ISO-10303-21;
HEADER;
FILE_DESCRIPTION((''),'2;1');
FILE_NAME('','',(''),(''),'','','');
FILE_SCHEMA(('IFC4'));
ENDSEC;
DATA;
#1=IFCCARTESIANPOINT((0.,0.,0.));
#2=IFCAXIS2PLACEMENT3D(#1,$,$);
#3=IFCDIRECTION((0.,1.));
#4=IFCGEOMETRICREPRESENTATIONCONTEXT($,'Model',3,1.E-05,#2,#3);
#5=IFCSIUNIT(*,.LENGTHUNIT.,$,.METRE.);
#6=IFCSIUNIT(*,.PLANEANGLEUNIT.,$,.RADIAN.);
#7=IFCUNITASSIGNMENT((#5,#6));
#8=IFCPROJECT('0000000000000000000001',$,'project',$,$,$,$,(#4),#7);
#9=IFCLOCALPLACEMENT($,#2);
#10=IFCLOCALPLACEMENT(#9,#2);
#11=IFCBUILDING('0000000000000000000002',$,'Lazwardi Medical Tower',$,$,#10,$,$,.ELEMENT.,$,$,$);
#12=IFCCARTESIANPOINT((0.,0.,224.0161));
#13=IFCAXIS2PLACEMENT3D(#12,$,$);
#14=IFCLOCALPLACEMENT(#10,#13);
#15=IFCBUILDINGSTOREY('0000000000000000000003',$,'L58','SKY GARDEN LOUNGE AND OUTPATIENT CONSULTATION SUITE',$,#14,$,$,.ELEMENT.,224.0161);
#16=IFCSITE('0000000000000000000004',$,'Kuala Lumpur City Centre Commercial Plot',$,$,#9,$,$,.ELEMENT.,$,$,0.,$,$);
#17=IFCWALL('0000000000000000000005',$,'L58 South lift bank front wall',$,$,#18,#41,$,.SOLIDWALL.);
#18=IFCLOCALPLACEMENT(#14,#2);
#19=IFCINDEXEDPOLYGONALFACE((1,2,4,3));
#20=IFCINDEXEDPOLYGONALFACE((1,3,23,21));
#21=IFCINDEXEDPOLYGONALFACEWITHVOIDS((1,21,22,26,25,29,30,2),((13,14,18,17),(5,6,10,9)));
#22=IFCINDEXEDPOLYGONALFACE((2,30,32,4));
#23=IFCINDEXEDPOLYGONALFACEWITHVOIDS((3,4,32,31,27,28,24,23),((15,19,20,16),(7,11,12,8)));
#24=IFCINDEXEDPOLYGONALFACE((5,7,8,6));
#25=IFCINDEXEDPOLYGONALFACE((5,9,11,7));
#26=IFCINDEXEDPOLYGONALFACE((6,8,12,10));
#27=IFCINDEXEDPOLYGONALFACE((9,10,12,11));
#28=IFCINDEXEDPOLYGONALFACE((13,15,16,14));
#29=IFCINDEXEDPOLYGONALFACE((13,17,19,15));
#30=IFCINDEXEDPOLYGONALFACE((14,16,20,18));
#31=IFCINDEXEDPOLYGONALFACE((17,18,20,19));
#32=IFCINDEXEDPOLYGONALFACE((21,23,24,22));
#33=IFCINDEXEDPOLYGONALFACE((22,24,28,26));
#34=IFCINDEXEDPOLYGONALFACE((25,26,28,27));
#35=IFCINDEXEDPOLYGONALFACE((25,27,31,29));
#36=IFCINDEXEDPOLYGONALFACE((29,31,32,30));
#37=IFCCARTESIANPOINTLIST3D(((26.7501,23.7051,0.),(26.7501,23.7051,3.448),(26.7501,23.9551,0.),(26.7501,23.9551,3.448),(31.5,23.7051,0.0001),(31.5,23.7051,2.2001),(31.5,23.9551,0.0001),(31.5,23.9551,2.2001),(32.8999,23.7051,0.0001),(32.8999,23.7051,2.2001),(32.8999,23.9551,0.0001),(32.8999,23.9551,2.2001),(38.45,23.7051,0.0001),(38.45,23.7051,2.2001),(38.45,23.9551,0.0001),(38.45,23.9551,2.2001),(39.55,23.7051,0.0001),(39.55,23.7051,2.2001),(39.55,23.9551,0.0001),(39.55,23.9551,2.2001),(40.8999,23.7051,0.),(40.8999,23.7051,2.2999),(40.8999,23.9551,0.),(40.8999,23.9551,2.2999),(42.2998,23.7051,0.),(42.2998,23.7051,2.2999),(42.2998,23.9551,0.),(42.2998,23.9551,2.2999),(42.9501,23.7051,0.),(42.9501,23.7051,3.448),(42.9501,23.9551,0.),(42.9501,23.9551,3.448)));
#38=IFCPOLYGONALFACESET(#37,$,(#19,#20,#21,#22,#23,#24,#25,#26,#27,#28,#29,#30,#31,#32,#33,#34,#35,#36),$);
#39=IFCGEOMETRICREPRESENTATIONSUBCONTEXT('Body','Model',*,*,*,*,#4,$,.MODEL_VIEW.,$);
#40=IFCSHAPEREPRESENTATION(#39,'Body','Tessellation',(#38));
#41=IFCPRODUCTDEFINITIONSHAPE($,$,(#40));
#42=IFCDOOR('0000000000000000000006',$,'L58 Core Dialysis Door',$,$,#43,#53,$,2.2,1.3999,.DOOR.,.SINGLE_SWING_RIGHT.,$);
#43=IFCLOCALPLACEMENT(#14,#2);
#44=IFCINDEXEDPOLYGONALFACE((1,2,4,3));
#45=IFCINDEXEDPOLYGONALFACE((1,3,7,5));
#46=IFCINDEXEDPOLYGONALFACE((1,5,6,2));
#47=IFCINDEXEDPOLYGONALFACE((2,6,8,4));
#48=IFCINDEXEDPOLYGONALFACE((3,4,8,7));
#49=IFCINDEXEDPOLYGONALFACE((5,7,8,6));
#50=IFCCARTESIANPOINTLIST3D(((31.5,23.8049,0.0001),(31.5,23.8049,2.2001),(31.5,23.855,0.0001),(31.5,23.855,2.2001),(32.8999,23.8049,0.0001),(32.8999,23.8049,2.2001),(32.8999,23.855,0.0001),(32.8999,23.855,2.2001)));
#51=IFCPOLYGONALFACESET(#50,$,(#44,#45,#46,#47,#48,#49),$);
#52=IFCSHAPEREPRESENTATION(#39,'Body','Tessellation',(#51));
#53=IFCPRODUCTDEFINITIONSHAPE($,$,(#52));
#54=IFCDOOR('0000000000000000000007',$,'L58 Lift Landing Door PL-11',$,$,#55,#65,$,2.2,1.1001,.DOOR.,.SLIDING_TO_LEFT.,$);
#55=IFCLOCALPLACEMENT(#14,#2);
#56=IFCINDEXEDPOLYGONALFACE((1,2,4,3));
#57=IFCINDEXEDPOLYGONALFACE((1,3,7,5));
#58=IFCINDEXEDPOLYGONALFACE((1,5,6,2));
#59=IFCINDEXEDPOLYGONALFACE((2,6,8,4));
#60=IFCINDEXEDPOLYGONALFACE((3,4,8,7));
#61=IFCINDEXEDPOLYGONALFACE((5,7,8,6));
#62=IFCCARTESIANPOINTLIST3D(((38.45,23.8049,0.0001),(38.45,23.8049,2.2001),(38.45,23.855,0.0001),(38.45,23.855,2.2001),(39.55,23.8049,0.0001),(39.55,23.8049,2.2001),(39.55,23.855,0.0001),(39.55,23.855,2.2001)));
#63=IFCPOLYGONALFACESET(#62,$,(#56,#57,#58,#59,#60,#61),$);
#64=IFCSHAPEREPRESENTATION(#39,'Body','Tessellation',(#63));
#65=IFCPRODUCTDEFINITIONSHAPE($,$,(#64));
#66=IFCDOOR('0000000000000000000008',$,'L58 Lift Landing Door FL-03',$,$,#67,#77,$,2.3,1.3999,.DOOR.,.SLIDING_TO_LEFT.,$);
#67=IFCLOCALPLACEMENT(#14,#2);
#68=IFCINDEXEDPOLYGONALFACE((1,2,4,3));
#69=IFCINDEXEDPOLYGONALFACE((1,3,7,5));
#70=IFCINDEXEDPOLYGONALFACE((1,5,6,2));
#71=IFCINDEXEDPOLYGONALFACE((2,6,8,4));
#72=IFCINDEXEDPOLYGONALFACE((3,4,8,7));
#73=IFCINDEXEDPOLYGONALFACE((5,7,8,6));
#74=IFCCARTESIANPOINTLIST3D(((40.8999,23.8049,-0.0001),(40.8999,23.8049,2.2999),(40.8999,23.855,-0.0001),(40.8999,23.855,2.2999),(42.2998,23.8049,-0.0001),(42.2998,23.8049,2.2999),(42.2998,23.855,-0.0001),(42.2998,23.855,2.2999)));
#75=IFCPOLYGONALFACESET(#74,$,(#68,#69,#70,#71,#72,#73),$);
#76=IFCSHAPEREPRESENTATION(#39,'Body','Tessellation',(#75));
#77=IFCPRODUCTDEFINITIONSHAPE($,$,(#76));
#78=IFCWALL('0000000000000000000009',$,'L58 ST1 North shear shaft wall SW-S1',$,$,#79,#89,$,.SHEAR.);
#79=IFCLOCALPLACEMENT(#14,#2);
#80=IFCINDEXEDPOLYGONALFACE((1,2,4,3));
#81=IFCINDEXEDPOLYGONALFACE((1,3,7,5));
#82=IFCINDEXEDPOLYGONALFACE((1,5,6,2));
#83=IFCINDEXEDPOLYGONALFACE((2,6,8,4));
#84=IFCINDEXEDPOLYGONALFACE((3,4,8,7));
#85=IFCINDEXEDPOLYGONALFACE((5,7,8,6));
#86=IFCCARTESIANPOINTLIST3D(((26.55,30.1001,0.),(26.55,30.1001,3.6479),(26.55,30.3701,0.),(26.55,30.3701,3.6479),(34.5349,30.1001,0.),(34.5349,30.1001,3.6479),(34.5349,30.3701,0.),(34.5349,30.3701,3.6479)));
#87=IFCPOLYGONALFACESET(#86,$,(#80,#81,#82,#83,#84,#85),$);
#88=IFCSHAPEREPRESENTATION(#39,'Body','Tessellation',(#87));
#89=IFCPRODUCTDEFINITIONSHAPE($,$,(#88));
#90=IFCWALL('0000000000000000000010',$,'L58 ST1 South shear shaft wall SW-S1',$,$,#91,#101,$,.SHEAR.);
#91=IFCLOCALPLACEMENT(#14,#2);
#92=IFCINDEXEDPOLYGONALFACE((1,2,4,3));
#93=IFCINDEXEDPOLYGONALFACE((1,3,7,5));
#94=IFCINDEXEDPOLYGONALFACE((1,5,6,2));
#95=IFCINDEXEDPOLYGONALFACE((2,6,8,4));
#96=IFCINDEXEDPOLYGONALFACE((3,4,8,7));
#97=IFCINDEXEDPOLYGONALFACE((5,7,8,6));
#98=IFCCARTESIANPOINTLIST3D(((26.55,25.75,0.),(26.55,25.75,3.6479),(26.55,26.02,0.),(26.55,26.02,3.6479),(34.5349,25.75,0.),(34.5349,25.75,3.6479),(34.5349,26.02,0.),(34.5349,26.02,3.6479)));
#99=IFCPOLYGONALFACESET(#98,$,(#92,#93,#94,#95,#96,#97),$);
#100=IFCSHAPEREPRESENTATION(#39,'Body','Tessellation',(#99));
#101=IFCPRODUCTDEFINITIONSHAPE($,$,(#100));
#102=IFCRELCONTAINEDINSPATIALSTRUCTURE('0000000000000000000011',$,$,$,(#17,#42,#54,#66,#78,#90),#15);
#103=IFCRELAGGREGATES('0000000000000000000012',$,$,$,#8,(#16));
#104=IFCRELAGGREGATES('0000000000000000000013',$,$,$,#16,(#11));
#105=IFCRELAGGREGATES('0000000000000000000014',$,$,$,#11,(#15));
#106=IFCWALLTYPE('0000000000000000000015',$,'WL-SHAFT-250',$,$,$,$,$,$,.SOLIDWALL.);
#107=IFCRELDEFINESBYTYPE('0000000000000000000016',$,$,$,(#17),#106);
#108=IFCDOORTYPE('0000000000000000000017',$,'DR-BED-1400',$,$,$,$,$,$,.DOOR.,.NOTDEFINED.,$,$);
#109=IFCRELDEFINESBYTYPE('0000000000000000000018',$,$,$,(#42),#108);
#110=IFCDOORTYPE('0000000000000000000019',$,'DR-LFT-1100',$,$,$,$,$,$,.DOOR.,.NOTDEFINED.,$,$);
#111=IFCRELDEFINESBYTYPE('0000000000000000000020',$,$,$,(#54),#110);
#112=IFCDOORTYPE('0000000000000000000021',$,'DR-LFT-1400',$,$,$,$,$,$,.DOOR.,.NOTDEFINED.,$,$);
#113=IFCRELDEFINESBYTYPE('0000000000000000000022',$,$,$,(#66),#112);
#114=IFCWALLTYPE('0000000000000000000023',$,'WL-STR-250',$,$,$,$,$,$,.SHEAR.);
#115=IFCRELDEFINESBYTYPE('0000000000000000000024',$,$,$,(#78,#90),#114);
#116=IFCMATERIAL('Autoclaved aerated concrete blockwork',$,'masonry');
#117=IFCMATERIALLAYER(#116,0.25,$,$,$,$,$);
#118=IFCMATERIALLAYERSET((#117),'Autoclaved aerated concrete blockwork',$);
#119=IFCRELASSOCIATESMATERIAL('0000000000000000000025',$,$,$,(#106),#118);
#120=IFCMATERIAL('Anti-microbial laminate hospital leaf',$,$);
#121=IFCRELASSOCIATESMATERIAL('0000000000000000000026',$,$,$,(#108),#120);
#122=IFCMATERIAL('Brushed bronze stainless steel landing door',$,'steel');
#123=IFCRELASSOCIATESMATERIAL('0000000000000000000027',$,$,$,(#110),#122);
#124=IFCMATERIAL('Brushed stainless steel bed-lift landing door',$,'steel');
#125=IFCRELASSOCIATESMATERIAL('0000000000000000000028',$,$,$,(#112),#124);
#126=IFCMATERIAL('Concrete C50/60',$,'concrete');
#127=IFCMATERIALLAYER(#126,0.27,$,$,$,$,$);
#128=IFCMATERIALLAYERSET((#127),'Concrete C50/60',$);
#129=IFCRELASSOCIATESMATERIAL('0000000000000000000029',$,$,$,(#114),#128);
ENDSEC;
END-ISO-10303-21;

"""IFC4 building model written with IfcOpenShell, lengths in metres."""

from ifc_helpers import new_model, si_unit, direction, frame, frame_2d, origin, place, context, subcontext, project, spatial, rectangle, extrude, material, layer, layer_set, type_object, element, fill, save


model = new_model("IFC4")

# Units and contexts
model_context = context("Model", 3, precision=1e-05, world=origin(), true_north=direction((0.0, 1.0)))
body_context = subcontext(model_context, "Body", "Model", "MODEL_VIEW")
ifc_project = project(units=[si_unit("LENGTHUNIT", "METRE"), si_unit("PLANEANGLEUNIT", "RADIAN")], contexts=[model_context])

# Site, building, storey
site_placement = place(None, origin())
site = spatial("IfcSite", under=ifc_project, at=site_placement, Name="Kuala Lumpur City Centre Commercial Plot", CompositionType="ELEMENT", RefElevation=0.0)
building_placement = place(site_placement, origin())
building = spatial("IfcBuilding", under=site, at=building_placement, Name="Lazwardi Medical Tower", CompositionType="ELEMENT")
storey_placement = place(building_placement, frame((0.0, 0.0, 224.0161)))
storey = spatial("IfcBuildingStorey", under=building, at=storey_placement, Name="L58", Description="SKY GARDEN LOUNGE AND OUTPATIENT CONSULTATION SUITE", CompositionType="ELEMENT", Elevation=224.0161)

# Wall, openings, doors
ifc_material_1 = material(Name="Autoclaved aerated concrete blockwork", Category="masonry")
ifc_layer_1 = layer(ifc_material_1, 0.25)
ifc_layer_set_1 = layer_set([ifc_layer_1], Name="Autoclaved aerated concrete blockwork")
wall_type_1 = type_object("IfcWallType", Name="WL-SHAFT-250", PredefinedType="SOLIDWALL", material=ifc_layer_set_1)
wall_1_placement = place(storey_placement, frame((26.75, 23.8301, 0.0), z_axis=(0.0, 0.0, 1.0), x_axis=(1.0, 0.0, 0.0)))
wall_1 = element("IfcWall", 1, at=wall_1_placement, inside=storey, type_object=wall_type_1, Name="L58 South lift bank front wall", PredefinedType="SOLIDWALL", context=body_context, shape_type="SweptSolid", body=[
    extrude(rectangle(XDim=16.2, YDim=0.25, at=frame_2d((8.1001, 0.0))), origin(), (0.0, 0.0, 1.0), 3.448),
])
opening_1_placement = place(wall_1_placement, frame((4.75, 0.0, 0.0)))
opening_1 = element("IfcOpeningElement", 2, at=opening_1_placement, cuts=wall_1, PredefinedType="OPENING", context=body_context, shape_type="SweptSolid", body=[
    extrude(rectangle(XDim=1.3999, YDim=2.2, at=frame_2d((0.7, 1.1001))), frame((0.0, 0.135, 0.0), z_axis=(0.0, -1.0, 0.0), x_axis=(1.0, 0.0, 0.0)), (0.0, 0.0, 1.0), 0.27),
])
opening_2_placement = place(wall_1_placement, frame((11.7, 0.0, 0.0)))
opening_2 = element("IfcOpeningElement", 3, at=opening_2_placement, cuts=wall_1, PredefinedType="OPENING", context=body_context, shape_type="SweptSolid", body=[
    extrude(rectangle(XDim=1.1001, YDim=2.2, at=frame_2d((0.55, 1.1001))), frame((0.0, 0.135, 0.0), z_axis=(0.0, -1.0, 0.0), x_axis=(1.0, 0.0, 0.0)), (0.0, 0.0, 1.0), 0.27),
])
opening_3_placement = place(wall_1_placement, frame((14.1499, 0.0, 0.0)))
opening_3 = element("IfcOpeningElement", 4, at=opening_3_placement, cuts=wall_1, PredefinedType="OPENING", context=body_context, shape_type="SweptSolid", body=[
    extrude(rectangle(XDim=1.3999, YDim=2.3, at=frame_2d((0.7, 1.1499))), frame((0.0, 0.135, 0.0), z_axis=(0.0, -1.0, 0.0), x_axis=(1.0, 0.0, 0.0)), (0.0, 0.0, 1.0), 0.27),
])
ifc_material_2 = material(Name="Anti-microbial laminate hospital leaf")
door_type_1 = type_object("IfcDoorType", Name="DR-BED-1400", OperationType="NOTDEFINED", PredefinedType="DOOR", material=ifc_material_2)
door_1_placement = place(opening_1_placement, origin())
door_1 = element("IfcDoor", 5, at=door_1_placement, inside=storey, type_object=door_type_1, Name="L58 Core Dialysis Door", OperationType="SINGLE_SWING_RIGHT", OverallHeight=2.2, OverallWidth=1.3999, PredefinedType="DOOR", context=body_context, shape_type="SweptSolid", body=[
    extrude(rectangle(XDim=1.3999, YDim=2.2, at=frame_2d((0.7, 1.1001))), frame((0.0, 0.0249, 0.0), z_axis=(0.0, -1.0, 0.0), x_axis=(1.0, 0.0, 0.0)), (0.0, 0.0, 1.0), 0.05),
])
fill(opening_1, door_1)
ifc_material_3 = material(Name="Brushed bronze stainless steel landing door", Category="steel")
door_type_2 = type_object("IfcDoorType", Name="DR-LFT-1100", OperationType="NOTDEFINED", PredefinedType="DOOR", material=ifc_material_3)
door_2_placement = place(opening_2_placement, origin())
door_2 = element("IfcDoor", 6, at=door_2_placement, inside=storey, type_object=door_type_2, Name="L58 Lift Landing Door PL-11", OperationType="SLIDING_TO_LEFT", OverallHeight=2.2, OverallWidth=1.1001, PredefinedType="DOOR", context=body_context, shape_type="SweptSolid", body=[
    extrude(rectangle(XDim=1.1001, YDim=2.2, at=frame_2d((0.55, 1.1001))), frame((0.0, 0.0249, 0.0), z_axis=(0.0, -1.0, 0.0), x_axis=(1.0, 0.0, 0.0)), (0.0, 0.0, 1.0), 0.05),
])
fill(opening_2, door_2)
ifc_material_4 = material(Name="Brushed stainless steel bed-lift landing door", Category="steel")
door_type_3 = type_object("IfcDoorType", Name="DR-LFT-1400", OperationType="NOTDEFINED", PredefinedType="DOOR", material=ifc_material_4)
door_3_placement = place(opening_3_placement, origin())
door_3 = element("IfcDoor", 7, at=door_3_placement, inside=storey, type_object=door_type_3, Name="L58 Lift Landing Door FL-03", OperationType="SLIDING_TO_LEFT", OverallHeight=2.3, OverallWidth=1.3999, PredefinedType="DOOR", context=body_context, shape_type="SweptSolid", body=[
    extrude(rectangle(XDim=1.3999, YDim=2.3, at=frame_2d((0.7, 1.1499))), frame((0.0, 0.0249, 0.0), z_axis=(0.0, -1.0, 0.0), x_axis=(1.0, 0.0, 0.0)), (0.0, 0.0, 1.0), 0.05),
])
fill(opening_3, door_3)

# Walls
ifc_material_5 = material(Name="Concrete C50/60", Category="concrete")
ifc_layer_2 = layer(ifc_material_5, 0.27)
ifc_layer_set_2 = layer_set([ifc_layer_2], Name="Concrete C50/60")
wall_type_2 = type_object("IfcWallType", Name="WL-STR-250", PredefinedType="SHEAR", material=ifc_layer_set_2)
for number, where, z_axis, x_axis, name in (
    (8, (26.55, 30.2351, 0.0), (0.0, 0.0, 1.0), (1.0, 0.0, 0.0), "L58 ST1 North shear shaft wall SW-S1"),
    (9, (26.55, 25.885, 0.0), (0.0, 0.0, 1.0), (1.0, 0.0, 0.0), "L58 ST1 South shear shaft wall SW-S1"),
):
    element("IfcWall", number, at=place(storey_placement, frame(where, z_axis=z_axis, x_axis=x_axis)), inside=storey, type_object=wall_type_2, Name=name, PredefinedType="SHEAR", context=body_context, shape_type="SweptSolid", body=[
        extrude(rectangle(XDim=7.9849, YDim=0.27, at=frame_2d((3.9924, 0.0))), origin(), (0.0, 0.0, 1.0), 3.6479),
    ])

save(model, "model.ifc")
